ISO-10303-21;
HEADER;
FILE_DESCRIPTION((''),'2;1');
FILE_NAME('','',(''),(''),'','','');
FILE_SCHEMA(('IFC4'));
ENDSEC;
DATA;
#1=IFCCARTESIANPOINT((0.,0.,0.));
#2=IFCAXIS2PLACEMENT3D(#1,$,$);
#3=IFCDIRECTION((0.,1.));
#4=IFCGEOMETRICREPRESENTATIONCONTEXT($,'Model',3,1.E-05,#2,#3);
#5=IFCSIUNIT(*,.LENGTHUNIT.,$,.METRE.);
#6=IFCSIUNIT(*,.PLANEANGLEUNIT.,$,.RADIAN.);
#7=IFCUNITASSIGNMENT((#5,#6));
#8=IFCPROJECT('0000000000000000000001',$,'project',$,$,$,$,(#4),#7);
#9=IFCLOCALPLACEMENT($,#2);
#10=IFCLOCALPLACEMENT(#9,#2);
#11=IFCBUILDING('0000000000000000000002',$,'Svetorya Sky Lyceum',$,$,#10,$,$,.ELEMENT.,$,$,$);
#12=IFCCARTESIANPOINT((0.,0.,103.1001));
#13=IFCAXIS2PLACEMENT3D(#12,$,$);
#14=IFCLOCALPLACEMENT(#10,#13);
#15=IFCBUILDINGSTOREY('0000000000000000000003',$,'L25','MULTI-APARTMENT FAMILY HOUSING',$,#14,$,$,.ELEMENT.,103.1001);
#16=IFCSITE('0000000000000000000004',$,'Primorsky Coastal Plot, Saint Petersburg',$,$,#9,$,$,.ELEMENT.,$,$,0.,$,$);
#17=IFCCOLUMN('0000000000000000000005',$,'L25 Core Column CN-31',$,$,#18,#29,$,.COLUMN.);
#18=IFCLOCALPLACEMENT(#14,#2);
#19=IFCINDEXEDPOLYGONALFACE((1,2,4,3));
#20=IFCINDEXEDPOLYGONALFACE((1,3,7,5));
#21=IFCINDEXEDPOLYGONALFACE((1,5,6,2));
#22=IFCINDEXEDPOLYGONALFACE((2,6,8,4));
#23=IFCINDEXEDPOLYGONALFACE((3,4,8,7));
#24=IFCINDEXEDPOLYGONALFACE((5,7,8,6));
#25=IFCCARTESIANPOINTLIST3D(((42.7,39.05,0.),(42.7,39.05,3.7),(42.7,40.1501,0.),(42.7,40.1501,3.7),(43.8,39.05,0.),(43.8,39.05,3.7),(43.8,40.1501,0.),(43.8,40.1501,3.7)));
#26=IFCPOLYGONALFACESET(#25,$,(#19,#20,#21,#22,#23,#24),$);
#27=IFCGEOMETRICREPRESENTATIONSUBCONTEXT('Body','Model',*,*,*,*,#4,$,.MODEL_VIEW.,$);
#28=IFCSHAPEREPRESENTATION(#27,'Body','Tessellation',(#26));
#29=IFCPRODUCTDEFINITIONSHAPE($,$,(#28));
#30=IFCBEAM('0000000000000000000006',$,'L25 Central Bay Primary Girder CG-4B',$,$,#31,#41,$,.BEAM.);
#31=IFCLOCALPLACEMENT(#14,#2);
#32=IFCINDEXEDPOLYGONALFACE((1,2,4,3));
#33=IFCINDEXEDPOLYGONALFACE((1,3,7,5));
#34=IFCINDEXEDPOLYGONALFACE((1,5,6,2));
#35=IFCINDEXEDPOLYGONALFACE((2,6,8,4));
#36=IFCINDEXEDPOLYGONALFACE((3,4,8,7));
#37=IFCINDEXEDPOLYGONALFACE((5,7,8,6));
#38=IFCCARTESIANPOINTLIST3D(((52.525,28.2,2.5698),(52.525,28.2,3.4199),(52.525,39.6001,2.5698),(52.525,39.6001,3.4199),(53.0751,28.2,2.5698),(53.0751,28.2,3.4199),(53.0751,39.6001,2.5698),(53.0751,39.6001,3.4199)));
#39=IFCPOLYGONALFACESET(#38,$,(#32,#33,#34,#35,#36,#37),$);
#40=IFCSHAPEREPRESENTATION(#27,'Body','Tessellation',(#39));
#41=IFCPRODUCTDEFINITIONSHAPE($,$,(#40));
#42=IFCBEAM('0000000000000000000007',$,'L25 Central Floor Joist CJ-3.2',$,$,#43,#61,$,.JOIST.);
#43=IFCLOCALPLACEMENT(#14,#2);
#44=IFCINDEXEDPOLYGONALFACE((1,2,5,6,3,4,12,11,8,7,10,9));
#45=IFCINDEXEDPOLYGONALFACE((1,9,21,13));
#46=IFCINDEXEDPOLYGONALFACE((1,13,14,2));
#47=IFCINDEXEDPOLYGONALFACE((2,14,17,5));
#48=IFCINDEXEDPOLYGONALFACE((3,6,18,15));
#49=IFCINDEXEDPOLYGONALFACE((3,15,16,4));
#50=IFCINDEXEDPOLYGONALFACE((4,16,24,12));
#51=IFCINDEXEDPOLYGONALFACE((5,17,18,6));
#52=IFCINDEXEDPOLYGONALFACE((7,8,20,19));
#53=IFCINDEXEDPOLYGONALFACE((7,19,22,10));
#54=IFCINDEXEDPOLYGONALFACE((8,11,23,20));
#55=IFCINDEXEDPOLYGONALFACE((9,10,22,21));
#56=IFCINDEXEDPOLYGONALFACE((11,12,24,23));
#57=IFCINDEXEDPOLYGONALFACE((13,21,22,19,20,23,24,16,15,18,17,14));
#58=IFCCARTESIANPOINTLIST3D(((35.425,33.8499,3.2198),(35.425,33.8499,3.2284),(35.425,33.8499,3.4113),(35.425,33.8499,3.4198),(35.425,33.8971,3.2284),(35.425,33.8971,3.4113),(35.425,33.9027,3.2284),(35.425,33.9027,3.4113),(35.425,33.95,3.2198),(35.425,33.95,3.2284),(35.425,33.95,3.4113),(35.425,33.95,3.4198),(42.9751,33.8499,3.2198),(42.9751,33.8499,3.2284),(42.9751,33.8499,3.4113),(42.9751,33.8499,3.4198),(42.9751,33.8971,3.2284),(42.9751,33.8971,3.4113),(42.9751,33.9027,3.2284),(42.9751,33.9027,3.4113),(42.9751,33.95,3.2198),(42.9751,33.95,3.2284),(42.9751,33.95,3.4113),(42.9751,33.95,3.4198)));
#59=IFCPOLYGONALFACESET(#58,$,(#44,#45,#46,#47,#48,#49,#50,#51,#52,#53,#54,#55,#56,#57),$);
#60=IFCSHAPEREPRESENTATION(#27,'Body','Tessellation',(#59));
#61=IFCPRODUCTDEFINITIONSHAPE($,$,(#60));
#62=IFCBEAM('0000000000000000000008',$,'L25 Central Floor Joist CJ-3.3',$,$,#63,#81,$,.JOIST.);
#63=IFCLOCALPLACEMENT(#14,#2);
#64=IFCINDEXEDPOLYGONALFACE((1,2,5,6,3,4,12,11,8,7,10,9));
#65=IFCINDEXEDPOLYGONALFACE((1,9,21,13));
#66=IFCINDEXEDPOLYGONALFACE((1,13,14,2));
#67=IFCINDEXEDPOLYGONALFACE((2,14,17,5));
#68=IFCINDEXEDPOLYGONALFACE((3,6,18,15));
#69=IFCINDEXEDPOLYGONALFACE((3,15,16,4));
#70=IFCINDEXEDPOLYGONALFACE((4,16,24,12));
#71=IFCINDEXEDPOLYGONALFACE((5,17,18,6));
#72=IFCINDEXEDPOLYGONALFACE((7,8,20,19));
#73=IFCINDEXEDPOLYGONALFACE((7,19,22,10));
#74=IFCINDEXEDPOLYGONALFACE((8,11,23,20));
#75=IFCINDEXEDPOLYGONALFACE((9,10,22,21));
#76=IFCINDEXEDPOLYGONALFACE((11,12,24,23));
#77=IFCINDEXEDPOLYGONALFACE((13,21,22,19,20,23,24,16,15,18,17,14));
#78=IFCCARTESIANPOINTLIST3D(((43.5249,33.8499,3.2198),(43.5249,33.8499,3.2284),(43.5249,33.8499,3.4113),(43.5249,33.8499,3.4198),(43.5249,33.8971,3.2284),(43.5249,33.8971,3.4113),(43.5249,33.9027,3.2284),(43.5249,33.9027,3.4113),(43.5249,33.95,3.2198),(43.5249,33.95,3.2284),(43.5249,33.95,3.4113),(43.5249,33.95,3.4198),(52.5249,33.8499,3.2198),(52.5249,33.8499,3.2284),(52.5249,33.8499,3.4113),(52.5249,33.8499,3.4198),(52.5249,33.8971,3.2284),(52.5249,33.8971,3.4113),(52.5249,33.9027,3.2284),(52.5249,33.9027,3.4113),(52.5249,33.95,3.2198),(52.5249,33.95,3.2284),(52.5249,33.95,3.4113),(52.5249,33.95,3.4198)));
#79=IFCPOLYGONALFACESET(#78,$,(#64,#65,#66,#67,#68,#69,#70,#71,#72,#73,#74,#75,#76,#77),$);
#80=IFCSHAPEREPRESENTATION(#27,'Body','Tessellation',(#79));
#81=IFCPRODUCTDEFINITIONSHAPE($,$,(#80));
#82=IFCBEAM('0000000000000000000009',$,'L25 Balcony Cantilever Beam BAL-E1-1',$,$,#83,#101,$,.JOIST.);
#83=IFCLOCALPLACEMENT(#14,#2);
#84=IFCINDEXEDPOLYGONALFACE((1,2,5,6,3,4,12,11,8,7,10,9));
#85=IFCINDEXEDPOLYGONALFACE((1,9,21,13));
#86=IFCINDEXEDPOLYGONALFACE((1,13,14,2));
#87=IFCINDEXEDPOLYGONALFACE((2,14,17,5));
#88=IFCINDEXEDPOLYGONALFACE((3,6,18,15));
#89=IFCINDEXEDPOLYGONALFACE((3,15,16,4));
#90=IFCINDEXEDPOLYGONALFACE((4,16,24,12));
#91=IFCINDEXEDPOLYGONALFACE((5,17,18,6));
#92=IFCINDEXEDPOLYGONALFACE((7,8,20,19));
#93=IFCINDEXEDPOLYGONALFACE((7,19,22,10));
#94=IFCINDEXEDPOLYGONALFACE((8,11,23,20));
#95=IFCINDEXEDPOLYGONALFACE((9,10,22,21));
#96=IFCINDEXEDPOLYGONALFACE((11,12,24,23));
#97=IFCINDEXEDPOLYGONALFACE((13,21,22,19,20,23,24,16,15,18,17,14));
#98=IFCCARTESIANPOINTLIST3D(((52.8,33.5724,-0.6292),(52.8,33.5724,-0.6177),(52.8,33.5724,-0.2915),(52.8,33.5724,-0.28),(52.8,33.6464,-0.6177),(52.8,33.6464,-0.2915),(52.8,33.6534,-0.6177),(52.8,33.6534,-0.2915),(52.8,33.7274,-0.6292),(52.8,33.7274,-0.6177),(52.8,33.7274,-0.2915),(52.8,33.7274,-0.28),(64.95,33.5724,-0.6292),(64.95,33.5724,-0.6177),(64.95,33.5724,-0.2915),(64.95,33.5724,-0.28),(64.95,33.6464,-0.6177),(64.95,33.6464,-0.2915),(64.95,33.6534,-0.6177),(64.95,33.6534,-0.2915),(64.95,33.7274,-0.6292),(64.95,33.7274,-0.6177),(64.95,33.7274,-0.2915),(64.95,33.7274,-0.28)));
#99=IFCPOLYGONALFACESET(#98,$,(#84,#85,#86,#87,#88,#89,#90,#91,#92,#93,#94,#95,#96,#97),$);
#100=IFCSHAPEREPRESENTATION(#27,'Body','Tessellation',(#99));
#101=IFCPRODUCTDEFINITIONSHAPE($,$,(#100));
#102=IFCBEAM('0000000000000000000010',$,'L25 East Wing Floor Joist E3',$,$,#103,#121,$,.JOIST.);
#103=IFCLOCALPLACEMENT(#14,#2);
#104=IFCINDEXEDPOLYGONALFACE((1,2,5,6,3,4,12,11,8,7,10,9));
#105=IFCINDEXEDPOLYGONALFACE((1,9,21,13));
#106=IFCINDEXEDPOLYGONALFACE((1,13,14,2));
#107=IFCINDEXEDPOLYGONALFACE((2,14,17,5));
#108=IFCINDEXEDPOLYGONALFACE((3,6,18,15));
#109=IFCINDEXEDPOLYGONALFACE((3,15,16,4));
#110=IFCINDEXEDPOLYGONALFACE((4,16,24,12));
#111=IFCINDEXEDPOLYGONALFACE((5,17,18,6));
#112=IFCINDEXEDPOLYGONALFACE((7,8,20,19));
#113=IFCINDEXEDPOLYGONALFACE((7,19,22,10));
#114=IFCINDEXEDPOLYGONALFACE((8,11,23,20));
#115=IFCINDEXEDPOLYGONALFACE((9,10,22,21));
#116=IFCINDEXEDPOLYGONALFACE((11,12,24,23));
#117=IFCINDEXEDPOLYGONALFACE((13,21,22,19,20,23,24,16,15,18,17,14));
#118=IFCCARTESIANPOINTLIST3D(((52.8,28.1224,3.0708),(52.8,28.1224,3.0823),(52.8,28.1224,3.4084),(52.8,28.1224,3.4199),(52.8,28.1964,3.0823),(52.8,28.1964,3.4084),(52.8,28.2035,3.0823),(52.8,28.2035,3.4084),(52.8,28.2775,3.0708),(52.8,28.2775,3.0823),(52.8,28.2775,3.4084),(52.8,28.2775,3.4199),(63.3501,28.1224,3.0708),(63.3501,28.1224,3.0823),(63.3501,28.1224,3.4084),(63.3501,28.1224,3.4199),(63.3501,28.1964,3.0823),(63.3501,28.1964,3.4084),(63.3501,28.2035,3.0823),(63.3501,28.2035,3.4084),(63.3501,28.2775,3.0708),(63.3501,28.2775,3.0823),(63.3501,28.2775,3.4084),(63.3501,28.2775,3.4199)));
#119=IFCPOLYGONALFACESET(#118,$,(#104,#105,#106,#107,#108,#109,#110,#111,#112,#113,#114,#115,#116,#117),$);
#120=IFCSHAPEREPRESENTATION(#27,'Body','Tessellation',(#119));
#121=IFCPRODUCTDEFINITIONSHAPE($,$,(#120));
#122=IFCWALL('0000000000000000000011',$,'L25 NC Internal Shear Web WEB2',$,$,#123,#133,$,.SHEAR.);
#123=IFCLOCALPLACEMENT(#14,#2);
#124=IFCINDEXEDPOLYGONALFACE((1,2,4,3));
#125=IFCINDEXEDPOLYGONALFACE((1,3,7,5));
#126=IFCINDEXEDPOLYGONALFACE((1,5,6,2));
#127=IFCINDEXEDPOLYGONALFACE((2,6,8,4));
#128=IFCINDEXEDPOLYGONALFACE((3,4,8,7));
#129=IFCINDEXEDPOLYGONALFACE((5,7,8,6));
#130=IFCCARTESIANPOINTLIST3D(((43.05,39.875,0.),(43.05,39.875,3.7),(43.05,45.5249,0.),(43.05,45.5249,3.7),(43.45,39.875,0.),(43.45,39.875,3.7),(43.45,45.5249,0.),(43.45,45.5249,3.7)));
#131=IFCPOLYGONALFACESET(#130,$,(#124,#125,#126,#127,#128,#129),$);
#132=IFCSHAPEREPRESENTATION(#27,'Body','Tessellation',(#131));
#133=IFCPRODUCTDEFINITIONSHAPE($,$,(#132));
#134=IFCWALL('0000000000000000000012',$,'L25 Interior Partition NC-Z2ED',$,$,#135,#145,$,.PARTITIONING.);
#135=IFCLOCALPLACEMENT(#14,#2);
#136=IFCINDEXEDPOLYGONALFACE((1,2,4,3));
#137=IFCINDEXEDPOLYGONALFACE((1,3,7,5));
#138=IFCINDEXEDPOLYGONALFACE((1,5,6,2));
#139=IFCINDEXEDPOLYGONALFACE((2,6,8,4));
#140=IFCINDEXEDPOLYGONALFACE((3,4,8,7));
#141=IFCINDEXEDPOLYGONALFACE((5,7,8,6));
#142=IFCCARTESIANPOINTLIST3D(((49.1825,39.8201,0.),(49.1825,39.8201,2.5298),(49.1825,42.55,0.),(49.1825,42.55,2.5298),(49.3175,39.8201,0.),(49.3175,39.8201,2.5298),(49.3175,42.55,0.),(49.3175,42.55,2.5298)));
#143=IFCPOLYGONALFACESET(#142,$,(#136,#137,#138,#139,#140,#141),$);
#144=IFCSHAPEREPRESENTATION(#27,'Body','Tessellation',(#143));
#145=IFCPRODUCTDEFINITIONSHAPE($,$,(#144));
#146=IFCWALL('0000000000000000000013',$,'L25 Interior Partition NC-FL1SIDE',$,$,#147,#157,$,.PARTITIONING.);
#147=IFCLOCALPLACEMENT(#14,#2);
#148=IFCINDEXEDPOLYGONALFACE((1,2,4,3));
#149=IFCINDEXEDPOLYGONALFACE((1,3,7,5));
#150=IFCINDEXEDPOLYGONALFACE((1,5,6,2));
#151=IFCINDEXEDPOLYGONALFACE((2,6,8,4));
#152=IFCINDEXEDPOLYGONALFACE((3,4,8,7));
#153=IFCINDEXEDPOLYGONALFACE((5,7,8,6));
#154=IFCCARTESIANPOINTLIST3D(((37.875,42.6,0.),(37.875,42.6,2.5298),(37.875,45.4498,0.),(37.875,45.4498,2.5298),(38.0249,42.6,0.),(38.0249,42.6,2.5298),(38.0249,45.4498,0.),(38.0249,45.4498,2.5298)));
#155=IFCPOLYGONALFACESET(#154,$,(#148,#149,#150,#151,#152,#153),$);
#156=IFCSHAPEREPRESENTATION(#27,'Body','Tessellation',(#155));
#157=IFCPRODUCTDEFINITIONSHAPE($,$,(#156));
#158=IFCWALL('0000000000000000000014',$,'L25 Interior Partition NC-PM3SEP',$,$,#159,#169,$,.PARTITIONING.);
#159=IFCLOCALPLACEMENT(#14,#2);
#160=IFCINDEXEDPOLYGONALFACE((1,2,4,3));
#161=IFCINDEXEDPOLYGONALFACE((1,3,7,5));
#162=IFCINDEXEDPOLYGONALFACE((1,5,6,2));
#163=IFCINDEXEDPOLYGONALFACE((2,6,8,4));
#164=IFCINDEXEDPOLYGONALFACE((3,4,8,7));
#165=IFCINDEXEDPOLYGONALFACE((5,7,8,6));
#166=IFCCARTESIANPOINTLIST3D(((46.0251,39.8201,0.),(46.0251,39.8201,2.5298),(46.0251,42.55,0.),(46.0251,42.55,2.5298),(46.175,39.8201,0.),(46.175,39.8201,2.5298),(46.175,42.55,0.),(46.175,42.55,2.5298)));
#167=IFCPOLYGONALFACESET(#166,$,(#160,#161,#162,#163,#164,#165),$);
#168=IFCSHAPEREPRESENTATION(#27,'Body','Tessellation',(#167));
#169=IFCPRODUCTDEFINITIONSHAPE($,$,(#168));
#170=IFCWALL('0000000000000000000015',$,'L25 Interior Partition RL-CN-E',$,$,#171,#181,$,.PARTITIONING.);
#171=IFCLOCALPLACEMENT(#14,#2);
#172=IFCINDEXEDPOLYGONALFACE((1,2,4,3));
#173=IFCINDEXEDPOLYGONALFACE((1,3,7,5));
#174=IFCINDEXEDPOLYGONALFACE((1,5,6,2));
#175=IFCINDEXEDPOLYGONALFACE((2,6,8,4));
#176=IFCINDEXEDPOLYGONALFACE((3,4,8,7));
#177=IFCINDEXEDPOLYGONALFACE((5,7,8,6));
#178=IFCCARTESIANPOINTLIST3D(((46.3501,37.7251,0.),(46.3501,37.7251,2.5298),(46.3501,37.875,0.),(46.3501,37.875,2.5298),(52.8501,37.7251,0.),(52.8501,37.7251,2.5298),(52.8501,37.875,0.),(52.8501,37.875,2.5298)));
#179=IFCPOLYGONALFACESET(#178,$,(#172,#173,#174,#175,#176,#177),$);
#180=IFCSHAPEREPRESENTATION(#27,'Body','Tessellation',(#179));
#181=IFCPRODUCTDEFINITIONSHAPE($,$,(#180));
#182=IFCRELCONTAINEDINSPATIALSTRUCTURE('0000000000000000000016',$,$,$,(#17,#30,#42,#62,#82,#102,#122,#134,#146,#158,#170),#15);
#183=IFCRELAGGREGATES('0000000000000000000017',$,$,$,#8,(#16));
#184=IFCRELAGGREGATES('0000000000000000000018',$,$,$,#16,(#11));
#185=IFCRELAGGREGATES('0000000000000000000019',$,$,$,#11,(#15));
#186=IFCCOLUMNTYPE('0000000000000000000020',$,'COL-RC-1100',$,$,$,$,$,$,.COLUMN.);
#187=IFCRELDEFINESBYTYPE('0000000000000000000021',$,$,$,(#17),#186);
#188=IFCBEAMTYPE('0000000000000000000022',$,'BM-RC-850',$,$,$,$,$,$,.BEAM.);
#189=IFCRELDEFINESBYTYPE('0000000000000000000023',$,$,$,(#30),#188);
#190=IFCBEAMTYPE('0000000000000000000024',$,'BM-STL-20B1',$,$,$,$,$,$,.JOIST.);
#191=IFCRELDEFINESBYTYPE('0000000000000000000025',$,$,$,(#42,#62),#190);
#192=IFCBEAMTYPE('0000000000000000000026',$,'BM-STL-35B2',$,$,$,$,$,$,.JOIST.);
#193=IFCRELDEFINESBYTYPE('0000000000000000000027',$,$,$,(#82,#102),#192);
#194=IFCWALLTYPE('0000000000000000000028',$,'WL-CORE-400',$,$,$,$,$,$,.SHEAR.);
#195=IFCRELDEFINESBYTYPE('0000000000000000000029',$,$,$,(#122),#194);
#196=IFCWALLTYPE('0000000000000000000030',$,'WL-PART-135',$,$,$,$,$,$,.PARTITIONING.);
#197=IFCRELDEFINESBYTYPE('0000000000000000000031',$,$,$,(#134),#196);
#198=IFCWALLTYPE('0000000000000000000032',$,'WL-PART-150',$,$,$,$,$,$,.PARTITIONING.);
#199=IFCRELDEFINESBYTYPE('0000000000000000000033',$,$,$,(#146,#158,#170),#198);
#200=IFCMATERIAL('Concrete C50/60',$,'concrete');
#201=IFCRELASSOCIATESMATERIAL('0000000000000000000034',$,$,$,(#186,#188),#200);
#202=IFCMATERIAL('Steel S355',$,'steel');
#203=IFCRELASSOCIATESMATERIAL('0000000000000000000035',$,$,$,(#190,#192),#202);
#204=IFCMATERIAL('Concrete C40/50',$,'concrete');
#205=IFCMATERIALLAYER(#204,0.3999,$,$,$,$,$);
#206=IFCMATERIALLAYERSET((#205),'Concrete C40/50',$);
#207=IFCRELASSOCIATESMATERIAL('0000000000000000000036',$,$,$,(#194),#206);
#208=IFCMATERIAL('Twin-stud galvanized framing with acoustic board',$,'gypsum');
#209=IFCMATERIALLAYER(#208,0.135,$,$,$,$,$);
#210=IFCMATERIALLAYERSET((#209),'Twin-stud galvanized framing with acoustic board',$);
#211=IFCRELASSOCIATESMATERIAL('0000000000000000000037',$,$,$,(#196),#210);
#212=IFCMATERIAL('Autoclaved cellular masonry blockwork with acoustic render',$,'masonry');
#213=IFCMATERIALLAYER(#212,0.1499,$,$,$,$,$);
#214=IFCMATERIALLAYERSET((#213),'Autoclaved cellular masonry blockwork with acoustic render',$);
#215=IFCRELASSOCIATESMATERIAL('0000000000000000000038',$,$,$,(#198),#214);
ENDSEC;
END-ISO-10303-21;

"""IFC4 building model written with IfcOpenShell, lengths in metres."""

from ifc_helpers import new_model, si_unit, direction, frame, frame_2d, origin, origin_2d, place, context, subcontext, project, spatial, rectangle, i_section, extrude, material, layer, layer_set, material_profile, profile_set, type_object, element, save


model = new_model("IFC4")

# Units and contexts
model_context = context("Model", 3, precision=1e-05, world=origin(), true_north=direction((0.0, 1.0)))
body_context = subcontext(model_context, "Body", "Model", "MODEL_VIEW")
ifc_project = project(units=[si_unit("LENGTHUNIT", "METRE"), si_unit("PLANEANGLEUNIT", "RADIAN")], contexts=[model_context])

# Site, building, storey
site_placement = place(None, origin())
site = spatial("IfcSite", under=ifc_project, at=site_placement, Name="Primorsky Coastal Plot, Saint Petersburg", CompositionType="ELEMENT", RefElevation=0.0)
building_placement = place(site_placement, origin())
building = spatial("IfcBuilding", under=site, at=building_placement, Name="Svetorya Sky Lyceum", CompositionType="ELEMENT")
storey_placement = place(building_placement, frame((0.0, 0.0, 103.1001)))
storey = spatial("IfcBuildingStorey", under=building, at=storey_placement, Name="L25", Description="MULTI-APARTMENT FAMILY HOUSING", CompositionType="ELEMENT", Elevation=103.1001)

# Column
ifc_material_1 = material(Name="Concrete C50/60", Category="concrete")
ifc_material_profile_1 = material_profile(ifc_material_1, rectangle(XDim=1.1001, YDim=1.1001, at=origin_2d()), Name="RC COL 1100x1100")
ifc_profile_set_1 = profile_set([ifc_material_profile_1], Name="Concrete C50/60")
column_type = type_object("IfcColumnType", Name="COL-RC-1100", PredefinedType="COLUMN", material=ifc_profile_set_1)
column_placement = place(storey_placement, frame((43.25, 39.6001, 0.0), z_axis=(0.0, 0.0, 1.0), x_axis=(1.0, 0.0, 0.0)))
element("IfcColumn", 1, at=column_placement, inside=storey, type_object=column_type, Name="L25 Core Column CN-31", PredefinedType="COLUMN", context=body_context, shape_type="SweptSolid", body=[
    extrude(rectangle(XDim=1.1001, YDim=1.1001, at=origin_2d()), origin(), (0.0, 0.0, 1.0), 3.7),
])

# Beams
ifc_material_profile_2 = material_profile(ifc_material_1, rectangle(XDim=0.55, YDim=0.8501, at=origin_2d()), Name="RC BEAM 550x850")
ifc_profile_set_2 = profile_set([ifc_material_profile_2], Name="Concrete C50/60")
beam_type_1 = type_object("IfcBeamType", Name="BM-RC-850", PredefinedType="BEAM", material=ifc_profile_set_2)
beam_1_placement = place(storey_placement, frame((52.8, 28.2, 2.9949), z_axis=(0.0, 1.0, 0.0), x_axis=(-1.0, 0.0, 0.0)))
element("IfcBeam", 2, at=beam_1_placement, inside=storey, type_object=beam_type_1, Name="L25 Central Bay Primary Girder CG-4B", PredefinedType="BEAM", context=body_context, shape_type="SweptSolid", body=[
    extrude(rectangle(XDim=0.55, YDim=0.8501, at=origin_2d()), origin(), (0.0, 0.0, 1.0), 11.4001),
])
ifc_material_2 = material(Name="Steel S355", Category="steel")
ifc_material_profile_3 = material_profile(ifc_material_2, i_section(OverallWidth=0.1001, OverallDepth=0.2, WebThickness=0.0056, FlangeThickness=0.0085, at=origin_2d()), Name="GOST 20B1")
ifc_profile_set_3 = profile_set([ifc_material_profile_3], Name="Steel S355")
beam_type_2 = type_object("IfcBeamType", Name="BM-STL-20B1", PredefinedType="JOIST", material=ifc_profile_set_3)
beam_2_placement = place(storey_placement, frame((35.425, 33.8999, 3.3198), z_axis=(1.0, 0.0, 0.0), x_axis=(0.0, 1.0, 0.0)))
element("IfcBeam", 3, at=beam_2_placement, inside=storey, type_object=beam_type_2, Name="L25 Central Floor Joist CJ-3.2", PredefinedType="JOIST", context=body_context, shape_type="SweptSolid", body=[
    extrude(i_section(OverallWidth=0.1001, OverallDepth=0.2, WebThickness=0.0056, FlangeThickness=0.0085, at=origin_2d()), origin(), (0.0, 0.0, 1.0), 7.55),
])
beam_3_placement = place(storey_placement, frame((43.5249, 33.8999, 3.3198), z_axis=(1.0, 0.0, 0.0), x_axis=(0.0, 1.0, 0.0)))
element("IfcBeam", 4, at=beam_3_placement, inside=storey, type_object=beam_type_2, Name="L25 Central Floor Joist CJ-3.3", PredefinedType="JOIST", context=body_context, shape_type="SweptSolid", body=[
    extrude(i_section(OverallWidth=0.1001, OverallDepth=0.2, WebThickness=0.0056, FlangeThickness=0.0085, at=origin_2d()), origin(), (0.0, 0.0, 1.0), 9.0),
])
ifc_material_profile_4 = material_profile(ifc_material_2, i_section(OverallWidth=0.155, OverallDepth=0.3491, WebThickness=0.0071, FlangeThickness=0.0115, at=origin_2d()), Name="GOST 35B2")
ifc_profile_set_4 = profile_set([ifc_material_profile_4], Name="Steel S355")
beam_type_3 = type_object("IfcBeamType", Name="BM-STL-35B2", PredefinedType="JOIST", material=ifc_profile_set_4)
beam_4_placement = place(storey_placement, frame((52.8, 33.6499, -0.4546), z_axis=(1.0, 0.0, 0.0), x_axis=(0.0, 1.0, 0.0)))
element("IfcBeam", 5, at=beam_4_placement, inside=storey, type_object=beam_type_3, Name="L25 Balcony Cantilever Beam BAL-E1-1", PredefinedType="JOIST", context=body_context, shape_type="SweptSolid", body=[
    extrude(i_section(OverallWidth=0.155, OverallDepth=0.3491, WebThickness=0.0071, FlangeThickness=0.0115, at=origin_2d()), origin(), (0.0, 0.0, 1.0), 12.1499),
])
beam_5_placement = place(storey_placement, frame((52.8, 28.2, 3.2454), z_axis=(1.0, 0.0, 0.0), x_axis=(0.0, 1.0, 0.0)))
element("IfcBeam", 6, at=beam_5_placement, inside=storey, type_object=beam_type_3, Name="L25 East Wing Floor Joist E3", PredefinedType="JOIST", context=body_context, shape_type="SweptSolid", body=[
    extrude(i_section(OverallWidth=0.155, OverallDepth=0.3491, WebThickness=0.0071, FlangeThickness=0.0115, at=origin_2d()), origin(), (0.0, 0.0, 1.0), 10.55),
])

# Walls
ifc_material_3 = material(Name="Concrete C40/50", Category="concrete")
ifc_layer_1 = layer(ifc_material_3, 0.3999)
ifc_layer_set_1 = layer_set([ifc_layer_1], Name="Concrete C40/50")
wall_type_1 = type_object("IfcWallType", Name="WL-CORE-400", PredefinedType="SHEAR", material=ifc_layer_set_1)
wall_1_placement = place(storey_placement, frame((43.25, 39.875, 0.0), z_axis=(0.0, 0.0, 1.0), x_axis=(0.0, 1.0, 0.0)))
element("IfcWall", 7, at=wall_1_placement, inside=storey, type_object=wall_type_1, Name="L25 NC Internal Shear Web WEB2", PredefinedType="SHEAR", context=body_context, shape_type="SweptSolid", body=[
    extrude(rectangle(XDim=5.6499, YDim=0.3999, at=frame_2d((2.825, 0.0))), origin(), (0.0, 0.0, 1.0), 3.7),
])
ifc_material_4 = material(Name="Twin-stud galvanized framing with acoustic board", Category="gypsum")
ifc_layer_2 = layer(ifc_material_4, 0.135)
ifc_layer_set_2 = layer_set([ifc_layer_2], Name="Twin-stud galvanized framing with acoustic board")
wall_type_2 = type_object("IfcWallType", Name="WL-PART-135", PredefinedType="PARTITIONING", material=ifc_layer_set_2)
wall_2_placement = place(storey_placement, frame((49.25, 39.8201, 0.0), z_axis=(0.0, 0.0, 1.0), x_axis=(0.0, 1.0, 0.0)))
element("IfcWall", 8, at=wall_2_placement, inside=storey, type_object=wall_type_2, Name="L25 Interior Partition NC-Z2ED", PredefinedType="PARTITIONING", context=body_context, shape_type="SweptSolid", body=[
    extrude(rectangle(XDim=2.73, YDim=0.135, at=frame_2d((1.365, 0.0))), origin(), (0.0, 0.0, 1.0), 2.5298),
])
ifc_material_5 = material(Name="Autoclaved cellular masonry blockwork with acoustic render", Category="masonry")
ifc_layer_3 = layer(ifc_material_5, 0.1499)
ifc_layer_set_3 = layer_set([ifc_layer_3], Name="Autoclaved cellular masonry blockwork with acoustic render")
wall_type_3 = type_object("IfcWallType", Name="WL-PART-150", PredefinedType="PARTITIONING", material=ifc_layer_set_3)
wall_3_placement = place(storey_placement, frame((37.95, 42.6001, 0.0), z_axis=(0.0, 0.0, 1.0), x_axis=(0.0, 1.0, 0.0)))
element("IfcWall", 9, at=wall_3_placement, inside=storey, type_object=wall_type_3, Name="L25 Interior Partition NC-FL1SIDE", PredefinedType="PARTITIONING", context=body_context, shape_type="SweptSolid", body=[
    extrude(rectangle(XDim=2.8499, YDim=0.1499, at=frame_2d((1.4248, 0.0))), origin(), (0.0, 0.0, 1.0), 2.5298),
])
wall_4_placement = place(storey_placement, frame((46.1001, 39.8201, 0.0), z_axis=(0.0, 0.0, 1.0), x_axis=(0.0, 1.0, 0.0)))
element("IfcWall", 10, at=wall_4_placement, inside=storey, type_object=wall_type_3, Name="L25 Interior Partition NC-PM3SEP", PredefinedType="PARTITIONING", context=body_context, shape_type="SweptSolid", body=[
    extrude(rectangle(XDim=2.73, YDim=0.1499, at=frame_2d((1.365, 0.0))), origin(), (0.0, 0.0, 1.0), 2.5298),
])
wall_5_placement = place(storey_placement, frame((46.3501, 37.8, 0.0), z_axis=(0.0, 0.0, 1.0), x_axis=(1.0, 0.0, 0.0)))
element("IfcWall", 11, at=wall_5_placement, inside=storey, type_object=wall_type_3, Name="L25 Interior Partition RL-CN-E", PredefinedType="PARTITIONING", context=body_context, shape_type="SweptSolid", body=[
    extrude(rectangle(XDim=6.5, YDim=0.1499, at=frame_2d((3.25, 0.0))), origin(), (0.0, 0.0, 1.0), 2.5298),
])

save(model, "model.ifc")
